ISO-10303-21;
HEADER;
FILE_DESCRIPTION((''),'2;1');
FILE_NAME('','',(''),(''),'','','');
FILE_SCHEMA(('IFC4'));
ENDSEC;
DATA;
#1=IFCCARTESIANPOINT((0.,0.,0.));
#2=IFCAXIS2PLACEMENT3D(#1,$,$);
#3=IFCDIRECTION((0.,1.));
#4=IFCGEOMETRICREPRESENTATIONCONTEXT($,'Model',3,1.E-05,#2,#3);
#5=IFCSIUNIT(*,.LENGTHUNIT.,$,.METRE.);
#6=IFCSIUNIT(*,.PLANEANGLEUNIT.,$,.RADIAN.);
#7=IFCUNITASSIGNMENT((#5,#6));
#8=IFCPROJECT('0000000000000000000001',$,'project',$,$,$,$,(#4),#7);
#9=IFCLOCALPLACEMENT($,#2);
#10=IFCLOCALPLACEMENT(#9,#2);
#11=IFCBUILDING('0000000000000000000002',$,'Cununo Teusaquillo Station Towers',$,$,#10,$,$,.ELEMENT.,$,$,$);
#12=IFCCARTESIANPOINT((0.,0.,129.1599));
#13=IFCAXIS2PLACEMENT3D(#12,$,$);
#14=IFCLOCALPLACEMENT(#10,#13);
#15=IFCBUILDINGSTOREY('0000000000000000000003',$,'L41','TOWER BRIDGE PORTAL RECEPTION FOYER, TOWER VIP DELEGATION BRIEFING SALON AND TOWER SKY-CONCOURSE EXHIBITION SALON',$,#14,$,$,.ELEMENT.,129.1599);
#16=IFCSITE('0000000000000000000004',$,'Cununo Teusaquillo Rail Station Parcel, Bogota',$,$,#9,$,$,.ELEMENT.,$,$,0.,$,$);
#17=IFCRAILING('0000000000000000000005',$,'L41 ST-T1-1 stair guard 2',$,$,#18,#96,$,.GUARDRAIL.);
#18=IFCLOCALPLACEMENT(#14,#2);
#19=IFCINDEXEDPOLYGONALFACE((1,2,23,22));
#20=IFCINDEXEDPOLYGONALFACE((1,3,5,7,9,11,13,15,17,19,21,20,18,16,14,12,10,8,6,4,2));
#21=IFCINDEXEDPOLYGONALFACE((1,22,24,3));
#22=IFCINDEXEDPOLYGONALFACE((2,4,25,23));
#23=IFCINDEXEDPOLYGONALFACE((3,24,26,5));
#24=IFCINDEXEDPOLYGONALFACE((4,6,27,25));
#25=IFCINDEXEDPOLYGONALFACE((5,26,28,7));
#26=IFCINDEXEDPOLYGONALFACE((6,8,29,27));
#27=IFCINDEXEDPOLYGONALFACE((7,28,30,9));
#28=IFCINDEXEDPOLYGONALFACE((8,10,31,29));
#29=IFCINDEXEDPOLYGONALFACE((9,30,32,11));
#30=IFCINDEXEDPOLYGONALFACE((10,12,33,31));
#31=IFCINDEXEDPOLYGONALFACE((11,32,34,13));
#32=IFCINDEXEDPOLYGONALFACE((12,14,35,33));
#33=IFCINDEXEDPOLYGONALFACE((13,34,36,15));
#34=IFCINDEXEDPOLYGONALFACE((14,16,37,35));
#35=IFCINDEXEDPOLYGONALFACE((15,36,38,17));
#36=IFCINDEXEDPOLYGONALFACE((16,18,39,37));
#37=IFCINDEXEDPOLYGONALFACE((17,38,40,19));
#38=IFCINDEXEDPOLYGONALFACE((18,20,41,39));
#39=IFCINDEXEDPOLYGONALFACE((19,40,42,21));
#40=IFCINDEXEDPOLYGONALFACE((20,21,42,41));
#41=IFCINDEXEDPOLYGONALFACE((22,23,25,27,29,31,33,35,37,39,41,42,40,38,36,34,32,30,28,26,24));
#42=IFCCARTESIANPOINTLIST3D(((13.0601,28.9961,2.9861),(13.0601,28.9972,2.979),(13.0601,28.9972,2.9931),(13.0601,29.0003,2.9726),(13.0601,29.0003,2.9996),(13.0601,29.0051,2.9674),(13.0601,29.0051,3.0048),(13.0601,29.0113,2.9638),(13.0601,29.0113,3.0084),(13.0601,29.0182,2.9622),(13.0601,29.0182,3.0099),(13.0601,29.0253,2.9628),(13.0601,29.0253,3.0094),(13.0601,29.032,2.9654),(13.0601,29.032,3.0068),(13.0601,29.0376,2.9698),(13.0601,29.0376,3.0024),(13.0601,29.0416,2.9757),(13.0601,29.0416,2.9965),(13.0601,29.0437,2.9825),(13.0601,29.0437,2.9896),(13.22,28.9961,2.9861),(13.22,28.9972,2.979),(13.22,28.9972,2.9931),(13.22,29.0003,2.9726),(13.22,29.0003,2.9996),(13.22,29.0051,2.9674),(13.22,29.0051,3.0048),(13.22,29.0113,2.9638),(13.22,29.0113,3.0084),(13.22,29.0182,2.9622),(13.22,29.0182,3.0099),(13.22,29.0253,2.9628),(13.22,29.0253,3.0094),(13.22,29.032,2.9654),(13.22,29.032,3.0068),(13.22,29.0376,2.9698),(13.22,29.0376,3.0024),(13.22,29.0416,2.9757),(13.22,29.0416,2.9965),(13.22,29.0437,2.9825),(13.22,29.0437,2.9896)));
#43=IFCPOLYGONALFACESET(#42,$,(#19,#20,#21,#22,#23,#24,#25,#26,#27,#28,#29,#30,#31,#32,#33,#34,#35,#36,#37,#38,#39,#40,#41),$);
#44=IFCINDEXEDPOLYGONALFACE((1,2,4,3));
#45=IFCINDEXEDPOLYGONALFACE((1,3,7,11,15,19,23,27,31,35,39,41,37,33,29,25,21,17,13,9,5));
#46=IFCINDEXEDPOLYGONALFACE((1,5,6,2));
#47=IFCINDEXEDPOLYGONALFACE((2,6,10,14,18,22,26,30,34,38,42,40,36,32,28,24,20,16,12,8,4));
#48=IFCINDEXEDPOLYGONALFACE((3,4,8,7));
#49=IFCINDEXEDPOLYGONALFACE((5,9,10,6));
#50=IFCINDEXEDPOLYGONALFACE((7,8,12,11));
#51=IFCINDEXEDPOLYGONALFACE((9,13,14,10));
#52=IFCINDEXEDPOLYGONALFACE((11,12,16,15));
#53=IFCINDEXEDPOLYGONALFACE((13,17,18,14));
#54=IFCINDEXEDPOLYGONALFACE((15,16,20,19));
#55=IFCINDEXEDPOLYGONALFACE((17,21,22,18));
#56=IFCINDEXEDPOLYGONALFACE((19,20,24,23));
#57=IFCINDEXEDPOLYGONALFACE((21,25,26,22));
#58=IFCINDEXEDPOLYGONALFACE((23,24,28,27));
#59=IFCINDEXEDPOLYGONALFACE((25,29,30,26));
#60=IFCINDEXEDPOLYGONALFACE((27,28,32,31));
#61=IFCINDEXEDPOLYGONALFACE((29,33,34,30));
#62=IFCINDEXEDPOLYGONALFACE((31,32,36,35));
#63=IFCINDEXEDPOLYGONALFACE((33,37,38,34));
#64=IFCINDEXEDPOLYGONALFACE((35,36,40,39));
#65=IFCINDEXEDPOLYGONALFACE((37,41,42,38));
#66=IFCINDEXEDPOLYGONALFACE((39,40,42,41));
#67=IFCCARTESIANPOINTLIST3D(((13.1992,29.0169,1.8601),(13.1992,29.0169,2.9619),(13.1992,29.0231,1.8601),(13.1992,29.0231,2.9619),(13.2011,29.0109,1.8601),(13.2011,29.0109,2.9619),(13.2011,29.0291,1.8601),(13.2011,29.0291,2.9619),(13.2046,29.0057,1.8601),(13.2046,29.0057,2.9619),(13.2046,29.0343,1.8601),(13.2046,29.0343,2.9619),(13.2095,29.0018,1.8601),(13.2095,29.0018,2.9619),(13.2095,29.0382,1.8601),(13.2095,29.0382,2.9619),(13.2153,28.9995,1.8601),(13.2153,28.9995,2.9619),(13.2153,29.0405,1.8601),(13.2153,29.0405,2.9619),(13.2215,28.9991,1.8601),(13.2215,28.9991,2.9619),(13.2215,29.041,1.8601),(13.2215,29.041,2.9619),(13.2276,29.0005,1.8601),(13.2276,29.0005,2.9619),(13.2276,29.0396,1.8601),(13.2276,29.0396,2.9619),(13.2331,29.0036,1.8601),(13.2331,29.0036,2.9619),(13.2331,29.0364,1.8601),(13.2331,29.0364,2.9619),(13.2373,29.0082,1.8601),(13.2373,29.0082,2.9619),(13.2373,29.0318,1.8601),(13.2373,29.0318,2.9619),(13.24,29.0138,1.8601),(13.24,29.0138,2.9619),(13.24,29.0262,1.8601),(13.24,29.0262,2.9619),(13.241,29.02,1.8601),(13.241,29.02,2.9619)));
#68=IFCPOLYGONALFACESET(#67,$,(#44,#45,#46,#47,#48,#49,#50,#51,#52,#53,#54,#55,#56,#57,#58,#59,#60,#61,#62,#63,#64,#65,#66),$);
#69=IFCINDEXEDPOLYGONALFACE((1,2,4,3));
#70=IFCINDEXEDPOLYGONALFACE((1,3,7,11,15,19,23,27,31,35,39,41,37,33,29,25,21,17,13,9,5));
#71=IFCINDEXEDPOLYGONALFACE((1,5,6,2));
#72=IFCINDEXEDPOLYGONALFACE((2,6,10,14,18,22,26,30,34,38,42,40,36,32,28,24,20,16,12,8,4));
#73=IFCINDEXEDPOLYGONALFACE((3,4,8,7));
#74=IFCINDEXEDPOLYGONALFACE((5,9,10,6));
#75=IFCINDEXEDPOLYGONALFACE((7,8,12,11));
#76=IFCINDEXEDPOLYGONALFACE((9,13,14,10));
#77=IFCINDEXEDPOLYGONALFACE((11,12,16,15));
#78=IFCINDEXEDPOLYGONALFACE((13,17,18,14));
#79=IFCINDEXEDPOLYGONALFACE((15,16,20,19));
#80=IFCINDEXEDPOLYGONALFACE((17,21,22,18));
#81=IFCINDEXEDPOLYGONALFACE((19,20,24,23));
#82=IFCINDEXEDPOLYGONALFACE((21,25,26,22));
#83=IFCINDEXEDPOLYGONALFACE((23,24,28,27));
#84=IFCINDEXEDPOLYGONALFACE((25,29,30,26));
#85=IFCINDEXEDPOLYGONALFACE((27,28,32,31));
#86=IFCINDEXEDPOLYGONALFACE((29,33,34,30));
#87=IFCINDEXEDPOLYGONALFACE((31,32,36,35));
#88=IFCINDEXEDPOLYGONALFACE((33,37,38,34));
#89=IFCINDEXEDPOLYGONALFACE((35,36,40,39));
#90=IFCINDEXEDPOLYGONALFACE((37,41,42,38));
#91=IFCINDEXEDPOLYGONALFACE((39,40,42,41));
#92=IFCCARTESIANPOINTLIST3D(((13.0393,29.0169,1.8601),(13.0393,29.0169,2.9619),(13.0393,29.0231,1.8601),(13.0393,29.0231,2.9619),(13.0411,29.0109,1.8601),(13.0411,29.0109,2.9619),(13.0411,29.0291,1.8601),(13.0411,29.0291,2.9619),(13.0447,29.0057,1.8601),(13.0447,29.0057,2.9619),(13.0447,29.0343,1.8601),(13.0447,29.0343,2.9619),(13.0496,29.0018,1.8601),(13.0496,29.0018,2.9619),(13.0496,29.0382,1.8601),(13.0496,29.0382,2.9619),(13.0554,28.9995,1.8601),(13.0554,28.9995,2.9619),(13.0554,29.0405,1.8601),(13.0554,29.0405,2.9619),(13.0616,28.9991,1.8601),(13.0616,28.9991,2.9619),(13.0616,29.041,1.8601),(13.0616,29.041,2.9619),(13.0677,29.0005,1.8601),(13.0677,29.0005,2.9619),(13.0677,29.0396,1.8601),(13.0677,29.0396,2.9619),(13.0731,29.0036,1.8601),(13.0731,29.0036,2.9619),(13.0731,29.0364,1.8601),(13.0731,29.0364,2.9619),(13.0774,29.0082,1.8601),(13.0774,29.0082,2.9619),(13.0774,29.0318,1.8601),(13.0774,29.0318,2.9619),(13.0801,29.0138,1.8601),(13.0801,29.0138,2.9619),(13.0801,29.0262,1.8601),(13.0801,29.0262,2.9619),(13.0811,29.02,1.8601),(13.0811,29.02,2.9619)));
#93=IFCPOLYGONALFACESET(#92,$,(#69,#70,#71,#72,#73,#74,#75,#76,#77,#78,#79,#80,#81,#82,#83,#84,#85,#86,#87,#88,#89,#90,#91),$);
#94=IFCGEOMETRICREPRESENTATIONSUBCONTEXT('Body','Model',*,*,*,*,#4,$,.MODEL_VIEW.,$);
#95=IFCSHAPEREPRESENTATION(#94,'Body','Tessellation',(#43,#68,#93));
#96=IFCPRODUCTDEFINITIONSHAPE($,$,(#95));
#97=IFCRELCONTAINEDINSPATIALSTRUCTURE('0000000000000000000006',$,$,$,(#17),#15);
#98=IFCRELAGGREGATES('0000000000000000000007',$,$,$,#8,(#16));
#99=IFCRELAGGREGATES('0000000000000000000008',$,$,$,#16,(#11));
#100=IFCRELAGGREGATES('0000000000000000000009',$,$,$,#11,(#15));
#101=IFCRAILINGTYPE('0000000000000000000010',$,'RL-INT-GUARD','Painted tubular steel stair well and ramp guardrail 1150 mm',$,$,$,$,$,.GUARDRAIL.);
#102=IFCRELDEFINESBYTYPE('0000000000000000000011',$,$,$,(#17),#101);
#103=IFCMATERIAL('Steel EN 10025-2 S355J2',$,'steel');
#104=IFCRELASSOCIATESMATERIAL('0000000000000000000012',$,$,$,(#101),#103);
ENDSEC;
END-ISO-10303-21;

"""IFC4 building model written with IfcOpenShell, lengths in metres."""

from ifc_helpers import new_model, si_unit, direction, frame, origin, origin_2d, place, context, subcontext, project, spatial, circle, extrude, material, type_object, element, save


model = new_model("IFC4")

# Units and contexts
model_context = context("Model", 3, precision=1e-05, world=origin(), true_north=direction((0.0, 1.0)))
body_context = subcontext(model_context, "Body", "Model", "MODEL_VIEW")
ifc_project = project(units=[si_unit("LENGTHUNIT", "METRE"), si_unit("PLANEANGLEUNIT", "RADIAN")], contexts=[model_context])

# Site, building, storey
site_placement = place(None, origin())
site = spatial("IfcSite", under=ifc_project, at=site_placement, Name="Cununo Teusaquillo Rail Station Parcel, Bogota", CompositionType="ELEMENT", RefElevation=0.0)
building_placement = place(site_placement, origin())
building = spatial("IfcBuilding", under=site, at=building_placement, Name="Cununo Teusaquillo Station Towers", CompositionType="ELEMENT")
storey_placement = place(building_placement, frame((0.0, 0.0, 129.1599)))
storey = spatial("IfcBuildingStorey", under=building, at=storey_placement, Name="L41", Description="TOWER BRIDGE PORTAL RECEPTION FOYER, TOWER VIP DELEGATION BRIEFING SALON AND TOWER SKY-CONCOURSE EXHIBITION SALON", CompositionType="ELEMENT", Elevation=129.1599)

# Railing
ifc_material_1 = material(Name="Steel EN 10025-2 S355J2", Category="steel")
railing_type_1 = type_object("IfcRailingType", Name="RL-INT-GUARD", Description="Painted tubular steel stair well and ramp guardrail 1150 mm", PredefinedType="GUARDRAIL", material=ifc_material_1)
railing_1_placement = place(storey_placement, frame((13.22, 29.02, 1.8601)))
element("IfcRailing", 1, at=railing_1_placement, inside=storey, type_object=railing_type_1, Name="L41 ST-T1-1 stair guard 2", PredefinedType="GUARDRAIL", context=body_context, shape_type="SweptSolid", body=[
    extrude(circle(Radius=0.0239, at=origin_2d()), frame((0.0, 0.0, 1.126), z_axis=(-1.0, 0.0, 0.0), x_axis=(0.0, -1.0, 0.0)), (0.0, 0.0, 1.0), 0.1599),
    extrude(circle(Radius=0.021, at=origin_2d()), origin(), (0.0, 0.0, 1.0), 1.1018),
    extrude(circle(Radius=0.021, at=origin_2d()), frame((-0.1599, 0.0, 0.0)), (0.0, 0.0, 1.0), 1.1018),
])

save(model, "model.ifc")
